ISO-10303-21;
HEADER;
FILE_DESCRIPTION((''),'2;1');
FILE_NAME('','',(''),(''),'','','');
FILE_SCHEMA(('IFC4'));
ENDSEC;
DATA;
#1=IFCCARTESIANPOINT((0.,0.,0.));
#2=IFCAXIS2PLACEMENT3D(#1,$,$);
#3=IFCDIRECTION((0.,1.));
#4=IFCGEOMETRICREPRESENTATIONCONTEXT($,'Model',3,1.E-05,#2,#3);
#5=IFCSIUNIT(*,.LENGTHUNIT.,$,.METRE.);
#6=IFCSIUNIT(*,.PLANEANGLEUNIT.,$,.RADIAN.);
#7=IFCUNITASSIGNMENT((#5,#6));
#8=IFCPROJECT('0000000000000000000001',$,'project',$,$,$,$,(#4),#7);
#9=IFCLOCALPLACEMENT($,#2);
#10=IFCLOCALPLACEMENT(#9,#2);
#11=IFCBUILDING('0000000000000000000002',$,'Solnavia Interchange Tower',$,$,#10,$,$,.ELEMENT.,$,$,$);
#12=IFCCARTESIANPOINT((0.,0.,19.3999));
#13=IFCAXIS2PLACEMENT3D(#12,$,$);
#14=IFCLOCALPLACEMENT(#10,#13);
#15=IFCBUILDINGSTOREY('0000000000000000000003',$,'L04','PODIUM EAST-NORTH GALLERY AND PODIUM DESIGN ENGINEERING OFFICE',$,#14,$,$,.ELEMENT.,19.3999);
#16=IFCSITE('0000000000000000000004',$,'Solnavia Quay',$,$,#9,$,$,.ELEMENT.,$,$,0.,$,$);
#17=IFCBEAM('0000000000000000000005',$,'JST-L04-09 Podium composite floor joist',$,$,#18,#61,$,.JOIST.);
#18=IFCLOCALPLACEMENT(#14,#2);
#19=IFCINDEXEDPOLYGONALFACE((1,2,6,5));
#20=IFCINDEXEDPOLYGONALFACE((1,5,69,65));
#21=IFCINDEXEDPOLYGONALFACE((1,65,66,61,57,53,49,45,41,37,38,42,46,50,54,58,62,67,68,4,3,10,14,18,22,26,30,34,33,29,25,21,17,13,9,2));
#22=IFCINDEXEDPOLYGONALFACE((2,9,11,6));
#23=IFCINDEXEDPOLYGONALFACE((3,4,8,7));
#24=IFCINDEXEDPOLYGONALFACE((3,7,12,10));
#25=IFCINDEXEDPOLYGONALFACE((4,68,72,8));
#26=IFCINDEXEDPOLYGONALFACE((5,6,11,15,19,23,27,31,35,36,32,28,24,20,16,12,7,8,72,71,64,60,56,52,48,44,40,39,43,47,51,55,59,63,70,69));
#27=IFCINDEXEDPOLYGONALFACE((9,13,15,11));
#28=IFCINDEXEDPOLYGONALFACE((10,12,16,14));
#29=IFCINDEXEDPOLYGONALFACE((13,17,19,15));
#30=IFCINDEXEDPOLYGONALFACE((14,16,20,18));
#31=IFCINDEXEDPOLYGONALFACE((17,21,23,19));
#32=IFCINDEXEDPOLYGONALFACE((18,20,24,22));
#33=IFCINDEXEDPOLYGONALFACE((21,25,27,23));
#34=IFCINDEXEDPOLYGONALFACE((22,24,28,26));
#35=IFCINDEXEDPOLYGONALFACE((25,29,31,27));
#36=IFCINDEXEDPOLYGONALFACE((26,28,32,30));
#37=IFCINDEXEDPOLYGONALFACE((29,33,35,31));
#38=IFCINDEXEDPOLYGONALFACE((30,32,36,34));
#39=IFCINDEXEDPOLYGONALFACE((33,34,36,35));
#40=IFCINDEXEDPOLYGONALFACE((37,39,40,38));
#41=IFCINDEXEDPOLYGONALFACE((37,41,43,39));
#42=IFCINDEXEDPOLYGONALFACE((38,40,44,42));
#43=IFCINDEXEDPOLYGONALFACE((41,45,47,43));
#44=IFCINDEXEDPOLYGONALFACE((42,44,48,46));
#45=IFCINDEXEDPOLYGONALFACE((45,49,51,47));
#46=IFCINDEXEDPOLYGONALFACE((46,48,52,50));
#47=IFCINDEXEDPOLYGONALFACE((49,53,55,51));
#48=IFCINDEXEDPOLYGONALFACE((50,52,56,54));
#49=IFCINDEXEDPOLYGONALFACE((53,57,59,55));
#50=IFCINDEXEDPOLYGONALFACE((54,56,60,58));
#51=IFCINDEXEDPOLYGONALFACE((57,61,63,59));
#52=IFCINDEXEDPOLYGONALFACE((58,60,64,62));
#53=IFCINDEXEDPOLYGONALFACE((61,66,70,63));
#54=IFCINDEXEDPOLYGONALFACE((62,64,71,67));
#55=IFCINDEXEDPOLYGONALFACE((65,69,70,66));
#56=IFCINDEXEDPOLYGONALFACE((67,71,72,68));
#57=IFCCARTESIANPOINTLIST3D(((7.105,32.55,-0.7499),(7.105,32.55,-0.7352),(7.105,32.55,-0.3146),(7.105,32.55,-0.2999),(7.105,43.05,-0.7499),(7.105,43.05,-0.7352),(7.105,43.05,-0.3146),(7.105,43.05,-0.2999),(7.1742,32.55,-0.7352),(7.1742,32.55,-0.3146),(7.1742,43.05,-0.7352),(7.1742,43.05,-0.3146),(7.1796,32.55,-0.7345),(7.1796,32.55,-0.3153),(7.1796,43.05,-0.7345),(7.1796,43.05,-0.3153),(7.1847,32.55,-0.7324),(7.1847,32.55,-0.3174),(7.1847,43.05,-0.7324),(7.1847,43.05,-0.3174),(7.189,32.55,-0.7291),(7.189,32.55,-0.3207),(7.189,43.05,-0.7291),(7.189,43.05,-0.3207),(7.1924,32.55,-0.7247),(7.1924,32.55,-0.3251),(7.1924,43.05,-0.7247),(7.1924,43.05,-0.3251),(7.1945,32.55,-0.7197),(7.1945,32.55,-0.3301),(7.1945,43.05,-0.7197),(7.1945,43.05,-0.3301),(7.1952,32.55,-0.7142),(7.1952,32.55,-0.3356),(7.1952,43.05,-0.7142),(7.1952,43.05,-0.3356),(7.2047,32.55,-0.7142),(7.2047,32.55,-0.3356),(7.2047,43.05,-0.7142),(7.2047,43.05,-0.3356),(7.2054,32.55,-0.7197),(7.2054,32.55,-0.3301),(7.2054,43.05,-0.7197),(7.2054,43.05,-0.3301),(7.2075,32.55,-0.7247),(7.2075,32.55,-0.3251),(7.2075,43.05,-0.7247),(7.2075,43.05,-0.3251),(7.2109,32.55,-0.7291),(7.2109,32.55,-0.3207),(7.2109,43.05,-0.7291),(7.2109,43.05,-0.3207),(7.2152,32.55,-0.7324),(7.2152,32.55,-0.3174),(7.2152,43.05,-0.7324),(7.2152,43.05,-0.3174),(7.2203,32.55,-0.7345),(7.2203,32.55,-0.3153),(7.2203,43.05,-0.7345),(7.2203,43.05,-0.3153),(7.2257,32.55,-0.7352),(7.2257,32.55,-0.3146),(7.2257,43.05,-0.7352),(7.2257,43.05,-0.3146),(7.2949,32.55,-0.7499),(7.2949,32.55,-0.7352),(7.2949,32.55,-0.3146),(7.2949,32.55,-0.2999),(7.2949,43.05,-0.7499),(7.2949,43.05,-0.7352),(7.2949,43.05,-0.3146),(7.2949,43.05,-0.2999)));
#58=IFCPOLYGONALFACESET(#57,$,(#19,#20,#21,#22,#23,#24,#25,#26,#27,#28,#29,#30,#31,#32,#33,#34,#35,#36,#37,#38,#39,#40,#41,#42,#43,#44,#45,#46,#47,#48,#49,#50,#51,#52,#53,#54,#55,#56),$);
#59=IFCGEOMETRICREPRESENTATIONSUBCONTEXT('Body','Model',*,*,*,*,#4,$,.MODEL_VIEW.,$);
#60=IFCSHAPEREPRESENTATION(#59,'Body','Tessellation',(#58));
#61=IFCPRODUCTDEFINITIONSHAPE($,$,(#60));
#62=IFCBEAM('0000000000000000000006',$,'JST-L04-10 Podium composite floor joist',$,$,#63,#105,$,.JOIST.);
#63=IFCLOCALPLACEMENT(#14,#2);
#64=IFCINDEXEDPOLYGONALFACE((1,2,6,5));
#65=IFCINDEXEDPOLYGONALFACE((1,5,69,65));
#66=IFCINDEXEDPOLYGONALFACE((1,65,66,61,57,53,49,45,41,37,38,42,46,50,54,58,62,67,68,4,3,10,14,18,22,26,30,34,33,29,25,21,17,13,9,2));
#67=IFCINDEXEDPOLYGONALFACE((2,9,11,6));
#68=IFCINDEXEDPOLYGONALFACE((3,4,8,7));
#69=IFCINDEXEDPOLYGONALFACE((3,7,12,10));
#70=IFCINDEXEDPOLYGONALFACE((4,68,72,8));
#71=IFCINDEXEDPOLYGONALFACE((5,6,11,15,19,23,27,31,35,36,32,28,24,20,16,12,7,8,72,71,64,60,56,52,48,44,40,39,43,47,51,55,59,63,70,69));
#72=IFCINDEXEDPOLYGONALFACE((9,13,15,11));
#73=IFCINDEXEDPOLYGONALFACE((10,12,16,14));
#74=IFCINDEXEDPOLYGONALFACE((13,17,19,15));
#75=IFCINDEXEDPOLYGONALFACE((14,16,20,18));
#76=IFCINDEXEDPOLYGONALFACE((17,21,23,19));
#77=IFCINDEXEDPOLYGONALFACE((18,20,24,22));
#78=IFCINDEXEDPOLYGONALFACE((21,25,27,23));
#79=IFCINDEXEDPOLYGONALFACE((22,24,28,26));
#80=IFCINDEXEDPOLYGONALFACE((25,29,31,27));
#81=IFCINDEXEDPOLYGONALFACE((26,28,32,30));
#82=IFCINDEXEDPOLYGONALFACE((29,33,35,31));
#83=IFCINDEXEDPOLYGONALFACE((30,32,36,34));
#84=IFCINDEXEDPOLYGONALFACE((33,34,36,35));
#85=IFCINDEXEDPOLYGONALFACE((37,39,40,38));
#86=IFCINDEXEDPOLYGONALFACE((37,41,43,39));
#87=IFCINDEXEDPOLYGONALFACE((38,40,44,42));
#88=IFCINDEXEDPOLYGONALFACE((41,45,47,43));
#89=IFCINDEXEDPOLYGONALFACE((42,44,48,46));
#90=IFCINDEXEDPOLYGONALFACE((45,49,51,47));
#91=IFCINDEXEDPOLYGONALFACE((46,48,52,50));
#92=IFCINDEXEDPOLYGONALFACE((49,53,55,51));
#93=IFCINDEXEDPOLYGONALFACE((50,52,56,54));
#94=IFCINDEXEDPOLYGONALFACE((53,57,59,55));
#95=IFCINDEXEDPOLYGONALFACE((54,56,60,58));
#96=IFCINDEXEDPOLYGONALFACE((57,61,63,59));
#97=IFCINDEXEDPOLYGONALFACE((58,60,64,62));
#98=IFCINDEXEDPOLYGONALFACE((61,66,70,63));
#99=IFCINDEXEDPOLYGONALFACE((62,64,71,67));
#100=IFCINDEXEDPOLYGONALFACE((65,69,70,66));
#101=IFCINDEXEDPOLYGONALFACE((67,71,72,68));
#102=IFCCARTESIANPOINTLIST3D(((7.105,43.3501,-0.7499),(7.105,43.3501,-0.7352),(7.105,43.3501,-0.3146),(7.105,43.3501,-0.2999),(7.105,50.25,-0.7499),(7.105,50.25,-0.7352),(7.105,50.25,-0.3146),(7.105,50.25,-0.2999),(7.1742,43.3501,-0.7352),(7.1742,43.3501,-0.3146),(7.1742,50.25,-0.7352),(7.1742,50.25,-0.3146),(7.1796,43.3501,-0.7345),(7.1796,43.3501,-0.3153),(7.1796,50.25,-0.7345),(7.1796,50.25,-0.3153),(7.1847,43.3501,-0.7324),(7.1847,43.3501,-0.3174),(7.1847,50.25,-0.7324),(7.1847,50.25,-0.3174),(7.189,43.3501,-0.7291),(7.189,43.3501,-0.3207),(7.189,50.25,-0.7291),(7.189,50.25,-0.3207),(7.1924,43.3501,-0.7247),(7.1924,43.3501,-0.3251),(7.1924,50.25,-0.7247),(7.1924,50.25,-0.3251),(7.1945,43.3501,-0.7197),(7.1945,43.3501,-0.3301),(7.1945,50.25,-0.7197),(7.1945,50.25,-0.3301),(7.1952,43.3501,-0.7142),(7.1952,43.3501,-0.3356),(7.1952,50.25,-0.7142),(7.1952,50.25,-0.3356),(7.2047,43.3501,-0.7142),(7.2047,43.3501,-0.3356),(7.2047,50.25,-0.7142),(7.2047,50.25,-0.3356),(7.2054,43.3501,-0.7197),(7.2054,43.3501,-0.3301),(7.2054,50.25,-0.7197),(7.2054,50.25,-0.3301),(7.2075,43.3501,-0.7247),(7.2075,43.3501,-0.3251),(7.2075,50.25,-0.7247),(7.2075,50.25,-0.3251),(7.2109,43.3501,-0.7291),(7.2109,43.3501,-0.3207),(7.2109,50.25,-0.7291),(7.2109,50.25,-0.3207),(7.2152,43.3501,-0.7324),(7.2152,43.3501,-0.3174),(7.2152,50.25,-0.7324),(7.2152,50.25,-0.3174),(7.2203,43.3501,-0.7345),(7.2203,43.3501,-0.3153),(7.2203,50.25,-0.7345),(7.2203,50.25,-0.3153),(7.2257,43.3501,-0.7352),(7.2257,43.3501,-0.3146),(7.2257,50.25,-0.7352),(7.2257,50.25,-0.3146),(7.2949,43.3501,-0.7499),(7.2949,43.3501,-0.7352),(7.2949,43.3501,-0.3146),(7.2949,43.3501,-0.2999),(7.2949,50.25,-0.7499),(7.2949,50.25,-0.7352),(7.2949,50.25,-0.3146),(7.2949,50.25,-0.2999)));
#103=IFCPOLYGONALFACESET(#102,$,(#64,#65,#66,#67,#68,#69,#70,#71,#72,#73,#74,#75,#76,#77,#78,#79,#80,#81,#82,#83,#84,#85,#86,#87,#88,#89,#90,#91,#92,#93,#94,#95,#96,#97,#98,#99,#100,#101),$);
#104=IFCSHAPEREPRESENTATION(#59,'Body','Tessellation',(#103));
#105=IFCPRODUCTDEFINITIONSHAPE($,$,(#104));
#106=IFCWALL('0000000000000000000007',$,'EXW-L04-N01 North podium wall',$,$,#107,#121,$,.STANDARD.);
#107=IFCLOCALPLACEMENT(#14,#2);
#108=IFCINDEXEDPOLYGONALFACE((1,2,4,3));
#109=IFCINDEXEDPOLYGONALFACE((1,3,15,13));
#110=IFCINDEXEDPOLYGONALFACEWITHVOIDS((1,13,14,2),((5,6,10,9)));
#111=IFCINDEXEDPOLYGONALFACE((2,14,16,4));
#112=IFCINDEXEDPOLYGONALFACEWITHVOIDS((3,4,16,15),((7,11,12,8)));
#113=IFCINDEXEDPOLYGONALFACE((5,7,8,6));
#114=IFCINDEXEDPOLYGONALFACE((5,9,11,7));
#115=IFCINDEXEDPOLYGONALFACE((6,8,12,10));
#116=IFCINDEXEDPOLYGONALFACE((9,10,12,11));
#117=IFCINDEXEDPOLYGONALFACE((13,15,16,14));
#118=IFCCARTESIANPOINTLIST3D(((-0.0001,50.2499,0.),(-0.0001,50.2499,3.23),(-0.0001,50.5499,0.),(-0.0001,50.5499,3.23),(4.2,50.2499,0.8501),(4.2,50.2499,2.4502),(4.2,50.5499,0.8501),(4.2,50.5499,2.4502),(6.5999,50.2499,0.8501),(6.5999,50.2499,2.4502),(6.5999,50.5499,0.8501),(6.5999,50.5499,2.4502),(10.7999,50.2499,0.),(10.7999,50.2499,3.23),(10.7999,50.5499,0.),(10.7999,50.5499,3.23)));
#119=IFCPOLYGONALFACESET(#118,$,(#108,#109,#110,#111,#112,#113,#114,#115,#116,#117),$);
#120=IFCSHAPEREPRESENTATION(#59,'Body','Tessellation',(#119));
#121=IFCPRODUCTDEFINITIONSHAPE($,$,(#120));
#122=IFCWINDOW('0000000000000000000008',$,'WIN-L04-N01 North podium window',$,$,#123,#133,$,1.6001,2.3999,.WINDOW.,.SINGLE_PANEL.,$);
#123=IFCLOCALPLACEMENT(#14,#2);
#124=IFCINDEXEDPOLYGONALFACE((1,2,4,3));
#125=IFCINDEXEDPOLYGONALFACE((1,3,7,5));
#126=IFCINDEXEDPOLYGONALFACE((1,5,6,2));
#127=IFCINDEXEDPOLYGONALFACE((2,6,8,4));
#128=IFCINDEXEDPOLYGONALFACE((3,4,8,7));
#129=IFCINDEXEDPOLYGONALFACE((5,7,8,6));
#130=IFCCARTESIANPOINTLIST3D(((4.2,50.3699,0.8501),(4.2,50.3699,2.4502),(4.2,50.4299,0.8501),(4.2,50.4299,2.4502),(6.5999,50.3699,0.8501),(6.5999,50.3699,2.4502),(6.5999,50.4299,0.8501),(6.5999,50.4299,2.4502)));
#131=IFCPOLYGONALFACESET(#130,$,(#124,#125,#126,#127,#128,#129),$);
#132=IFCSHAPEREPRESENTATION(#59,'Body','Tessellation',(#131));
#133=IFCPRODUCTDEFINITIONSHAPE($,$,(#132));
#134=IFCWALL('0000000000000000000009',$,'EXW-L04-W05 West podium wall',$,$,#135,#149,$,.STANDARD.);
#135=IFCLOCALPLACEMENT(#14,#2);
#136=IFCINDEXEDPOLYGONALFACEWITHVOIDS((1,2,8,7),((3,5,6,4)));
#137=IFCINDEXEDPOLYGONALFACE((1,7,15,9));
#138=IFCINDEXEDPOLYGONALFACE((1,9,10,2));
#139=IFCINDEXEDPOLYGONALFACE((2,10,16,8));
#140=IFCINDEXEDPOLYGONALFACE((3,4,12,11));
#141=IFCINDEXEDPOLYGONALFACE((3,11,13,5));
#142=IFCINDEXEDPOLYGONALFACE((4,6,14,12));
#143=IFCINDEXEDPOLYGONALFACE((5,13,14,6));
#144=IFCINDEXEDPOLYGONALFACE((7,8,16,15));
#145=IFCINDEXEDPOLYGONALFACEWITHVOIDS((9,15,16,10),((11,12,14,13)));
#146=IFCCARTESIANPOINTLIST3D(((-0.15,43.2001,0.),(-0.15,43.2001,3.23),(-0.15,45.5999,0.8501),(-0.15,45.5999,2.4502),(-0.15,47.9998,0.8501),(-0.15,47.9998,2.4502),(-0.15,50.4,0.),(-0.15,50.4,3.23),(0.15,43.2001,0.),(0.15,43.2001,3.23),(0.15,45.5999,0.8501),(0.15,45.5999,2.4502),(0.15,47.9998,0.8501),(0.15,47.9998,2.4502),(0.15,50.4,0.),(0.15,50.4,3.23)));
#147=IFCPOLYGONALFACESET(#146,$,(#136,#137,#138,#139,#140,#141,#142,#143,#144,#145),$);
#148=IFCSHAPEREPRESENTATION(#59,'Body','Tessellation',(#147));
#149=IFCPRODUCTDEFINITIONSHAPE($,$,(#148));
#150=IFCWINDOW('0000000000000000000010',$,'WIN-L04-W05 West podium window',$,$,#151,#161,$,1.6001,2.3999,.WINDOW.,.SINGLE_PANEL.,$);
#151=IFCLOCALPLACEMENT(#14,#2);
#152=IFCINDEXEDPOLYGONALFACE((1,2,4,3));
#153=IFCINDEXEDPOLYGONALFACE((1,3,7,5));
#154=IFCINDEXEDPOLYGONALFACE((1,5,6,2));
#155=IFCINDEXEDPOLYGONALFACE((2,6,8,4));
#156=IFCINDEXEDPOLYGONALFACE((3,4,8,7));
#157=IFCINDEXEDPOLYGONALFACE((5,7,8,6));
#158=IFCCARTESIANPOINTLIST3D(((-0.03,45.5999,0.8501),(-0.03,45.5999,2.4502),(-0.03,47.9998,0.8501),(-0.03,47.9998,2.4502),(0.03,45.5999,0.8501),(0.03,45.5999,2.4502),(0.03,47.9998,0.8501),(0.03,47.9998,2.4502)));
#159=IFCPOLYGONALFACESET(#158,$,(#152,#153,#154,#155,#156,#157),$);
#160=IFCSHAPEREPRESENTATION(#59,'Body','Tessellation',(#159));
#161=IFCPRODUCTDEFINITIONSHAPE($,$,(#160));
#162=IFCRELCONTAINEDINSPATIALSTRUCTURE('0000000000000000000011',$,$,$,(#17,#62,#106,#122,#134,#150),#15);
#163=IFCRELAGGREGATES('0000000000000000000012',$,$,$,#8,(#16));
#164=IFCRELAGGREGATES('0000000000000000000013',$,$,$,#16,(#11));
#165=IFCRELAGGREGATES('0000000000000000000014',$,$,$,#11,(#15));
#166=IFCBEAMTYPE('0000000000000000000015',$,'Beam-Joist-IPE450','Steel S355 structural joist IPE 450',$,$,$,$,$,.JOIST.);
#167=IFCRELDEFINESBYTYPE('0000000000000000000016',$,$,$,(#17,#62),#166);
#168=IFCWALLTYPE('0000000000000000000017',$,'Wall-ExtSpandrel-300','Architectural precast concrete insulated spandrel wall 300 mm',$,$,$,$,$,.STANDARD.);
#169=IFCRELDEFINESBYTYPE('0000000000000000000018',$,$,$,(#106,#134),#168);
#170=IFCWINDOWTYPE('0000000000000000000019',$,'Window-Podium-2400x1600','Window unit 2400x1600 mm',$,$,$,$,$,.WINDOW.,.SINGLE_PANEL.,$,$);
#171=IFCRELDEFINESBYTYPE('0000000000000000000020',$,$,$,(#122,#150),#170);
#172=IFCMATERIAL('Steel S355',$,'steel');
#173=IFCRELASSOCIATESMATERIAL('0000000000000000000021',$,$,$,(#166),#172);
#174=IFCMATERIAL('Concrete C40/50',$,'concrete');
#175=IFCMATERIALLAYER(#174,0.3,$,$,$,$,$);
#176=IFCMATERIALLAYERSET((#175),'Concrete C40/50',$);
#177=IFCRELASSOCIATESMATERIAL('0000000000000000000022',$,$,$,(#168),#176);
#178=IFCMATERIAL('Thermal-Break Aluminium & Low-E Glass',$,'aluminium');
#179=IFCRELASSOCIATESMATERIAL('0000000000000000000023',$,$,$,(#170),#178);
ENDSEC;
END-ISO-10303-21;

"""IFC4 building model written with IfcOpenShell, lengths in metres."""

from ifc_helpers import new_model, si_unit, direction, frame, frame_2d, origin, origin_2d, place, context, subcontext, project, spatial, rectangle, i_section, extrude, material, layer, layer_set, material_profile, profile_set, type_object, element, fill, save


model = new_model("IFC4")

# Units and contexts
model_context = context("Model", 3, precision=1e-05, world=origin(), true_north=direction((0.0, 1.0)))
body_context = subcontext(model_context, "Body", "Model", "MODEL_VIEW")
ifc_project = project(units=[si_unit("LENGTHUNIT", "METRE"), si_unit("PLANEANGLEUNIT", "RADIAN")], contexts=[model_context])

# Site, building, storey
site_placement = place(None, origin())
site = spatial("IfcSite", under=ifc_project, at=site_placement, Name="Solnavia Quay", CompositionType="ELEMENT", RefElevation=0.0)
building_placement = place(site_placement, origin())
building = spatial("IfcBuilding", under=site, at=building_placement, Name="Solnavia Interchange Tower", CompositionType="ELEMENT")
storey_placement = place(building_placement, frame((0.0, 0.0, 19.3999)))
storey = spatial("IfcBuildingStorey", under=building, at=storey_placement, Name="L04", Description="PODIUM EAST-NORTH GALLERY AND PODIUM DESIGN ENGINEERING OFFICE", CompositionType="ELEMENT", Elevation=19.3999)

# Beams
ifc_material_1 = material(Name="Steel S355", Category="steel")
ifc_material_profile_1 = material_profile(ifc_material_1, i_section(OverallWidth=0.1899, OverallDepth=0.45, WebThickness=0.0095, FlangeThickness=0.0146, FilletRadius=0.021, at=origin_2d()), Name="IPE 450")
ifc_profile_set_1 = profile_set([ifc_material_profile_1], Name="Steel S355")
beam_type_1 = type_object("IfcBeamType", Name="Beam-Joist-IPE450", Description="Steel S355 structural joist IPE 450", PredefinedType="JOIST", material=ifc_profile_set_1)
beam_1_placement = place(storey_placement, frame((7.2, 32.55, -0.5249), z_axis=(0.0, 1.0, 0.0), x_axis=(-1.0, 0.0, 0.0)))
element("IfcBeam", 1, at=beam_1_placement, inside=storey, type_object=beam_type_1, Name="JST-L04-09 Podium composite floor joist", PredefinedType="JOIST", context=body_context, shape_type="SweptSolid", body=[
    extrude(i_section(OverallWidth=0.1899, OverallDepth=0.45, WebThickness=0.0095, FlangeThickness=0.0146, FilletRadius=0.021, at=origin_2d()), origin(), (0.0, 0.0, 1.0), 10.5),
])
beam_2_placement = place(storey_placement, frame((7.2, 43.3501, -0.5249), z_axis=(0.0, 1.0, 0.0), x_axis=(-1.0, 0.0, 0.0)))
element("IfcBeam", 2, at=beam_2_placement, inside=storey, type_object=beam_type_1, Name="JST-L04-10 Podium composite floor joist", PredefinedType="JOIST", context=body_context, shape_type="SweptSolid", body=[
    extrude(i_section(OverallWidth=0.1899, OverallDepth=0.45, WebThickness=0.0095, FlangeThickness=0.0146, FilletRadius=0.021, at=origin_2d()), origin(), (0.0, 0.0, 1.0), 6.8999),
])

# Walls, openings, windows
ifc_material_2 = material(Name="Concrete C40/50", Category="concrete")
ifc_layer_1 = layer(ifc_material_2, 0.3)
ifc_layer_set_1 = layer_set([ifc_layer_1], Name="Concrete C40/50")
wall_type_1 = type_object("IfcWallType", Name="Wall-ExtSpandrel-300", Description="Architectural precast concrete insulated spandrel wall 300 mm", PredefinedType="STANDARD", material=ifc_layer_set_1)
wall_1_placement = place(storey_placement, frame((0.0, 50.3999, 0.0), z_axis=(0.0, 0.0, 1.0), x_axis=(1.0, 0.0, 0.0)))
wall_1 = element("IfcWall", 3, at=wall_1_placement, inside=storey, type_object=wall_type_1, Name="EXW-L04-N01 North podium wall", PredefinedType="STANDARD", context=body_context, shape_type="SweptSolid", body=[
    extrude(rectangle(XDim=10.8, YDim=0.3, at=frame_2d((5.3999, 0.0))), origin(), (0.0, 0.0, 1.0), 3.23),
])
opening_1_placement = place(wall_1_placement, frame((4.2, 0.0, 0.8501)))
opening_1 = element("IfcOpeningElement", 4, at=opening_1_placement, cuts=wall_1, PredefinedType="OPENING", context=body_context, shape_type="SweptSolid", body=[
    extrude(rectangle(XDim=2.3999, YDim=1.6001, at=frame_2d((1.2, 0.8))), frame((0.0, 0.1602, 0.0), z_axis=(0.0, -1.0, 0.0), x_axis=(1.0, 0.0, 0.0)), (0.0, 0.0, 1.0), 0.3201),
])
ifc_material_3 = material(Name="Thermal-Break Aluminium & Low-E Glass", Category="aluminium")
window_type = type_object("IfcWindowType", Name="Window-Podium-2400x1600", Description="Window unit 2400x1600 mm", PartitioningType="SINGLE_PANEL", PredefinedType="WINDOW", material=ifc_material_3)
window_1_placement = place(opening_1_placement, origin())
window_1 = element("IfcWindow", 5, at=window_1_placement, inside=storey, type_object=window_type, Name="WIN-L04-N01 North podium window", OverallHeight=1.6001, OverallWidth=2.3999, PartitioningType="SINGLE_PANEL", PredefinedType="WINDOW", context=body_context, shape_type="SweptSolid", body=[
    extrude(rectangle(XDim=2.3999, YDim=1.6001, at=frame_2d((1.2, 0.8))), frame((0.0, 0.03, 0.0), z_axis=(0.0, -1.0, 0.0), x_axis=(1.0, 0.0, 0.0)), (0.0, 0.0, 1.0), 0.0601),
])
fill(opening_1, window_1)
wall_2_placement = place(storey_placement, frame((0.0, 43.2, 0.0), z_axis=(0.0, 0.0, 1.0), x_axis=(0.0, 1.0, 0.0)))
wall_2 = element("IfcWall", 6, at=wall_2_placement, inside=storey, type_object=wall_type_1, Name="EXW-L04-W05 West podium wall", PredefinedType="STANDARD", context=body_context, shape_type="SweptSolid", body=[
    extrude(rectangle(XDim=7.2, YDim=0.3, at=frame_2d((3.6001, 0.0))), origin(), (0.0, 0.0, 1.0), 3.23),
])
opening_2_placement = place(wall_2_placement, frame((2.3999, 0.0, 0.8501)))
opening_2 = element("IfcOpeningElement", 7, at=opening_2_placement, cuts=wall_2, PredefinedType="OPENING", context=body_context, shape_type="SweptSolid", body=[
    extrude(rectangle(XDim=2.3999, YDim=1.6001, at=frame_2d((1.2, 0.8))), frame((0.0, 0.1602, 0.0), z_axis=(0.0, -1.0, 0.0), x_axis=(1.0, 0.0, 0.0)), (0.0, 0.0, 1.0), 0.3201),
])
window_2_placement = place(opening_2_placement, origin())
window_2 = element("IfcWindow", 8, at=window_2_placement, inside=storey, type_object=window_type, Name="WIN-L04-W05 West podium window", OverallHeight=1.6001, OverallWidth=2.3999, PartitioningType="SINGLE_PANEL", PredefinedType="WINDOW", context=body_context, shape_type="SweptSolid", body=[
    extrude(rectangle(XDim=2.3999, YDim=1.6001, at=frame_2d((1.2, 0.8))), frame((0.0, 0.03, 0.0), z_axis=(0.0, -1.0, 0.0), x_axis=(1.0, 0.0, 0.0)), (0.0, 0.0, 1.0), 0.0601),
])
fill(opening_2, window_2)

save(model, "model.ifc")
